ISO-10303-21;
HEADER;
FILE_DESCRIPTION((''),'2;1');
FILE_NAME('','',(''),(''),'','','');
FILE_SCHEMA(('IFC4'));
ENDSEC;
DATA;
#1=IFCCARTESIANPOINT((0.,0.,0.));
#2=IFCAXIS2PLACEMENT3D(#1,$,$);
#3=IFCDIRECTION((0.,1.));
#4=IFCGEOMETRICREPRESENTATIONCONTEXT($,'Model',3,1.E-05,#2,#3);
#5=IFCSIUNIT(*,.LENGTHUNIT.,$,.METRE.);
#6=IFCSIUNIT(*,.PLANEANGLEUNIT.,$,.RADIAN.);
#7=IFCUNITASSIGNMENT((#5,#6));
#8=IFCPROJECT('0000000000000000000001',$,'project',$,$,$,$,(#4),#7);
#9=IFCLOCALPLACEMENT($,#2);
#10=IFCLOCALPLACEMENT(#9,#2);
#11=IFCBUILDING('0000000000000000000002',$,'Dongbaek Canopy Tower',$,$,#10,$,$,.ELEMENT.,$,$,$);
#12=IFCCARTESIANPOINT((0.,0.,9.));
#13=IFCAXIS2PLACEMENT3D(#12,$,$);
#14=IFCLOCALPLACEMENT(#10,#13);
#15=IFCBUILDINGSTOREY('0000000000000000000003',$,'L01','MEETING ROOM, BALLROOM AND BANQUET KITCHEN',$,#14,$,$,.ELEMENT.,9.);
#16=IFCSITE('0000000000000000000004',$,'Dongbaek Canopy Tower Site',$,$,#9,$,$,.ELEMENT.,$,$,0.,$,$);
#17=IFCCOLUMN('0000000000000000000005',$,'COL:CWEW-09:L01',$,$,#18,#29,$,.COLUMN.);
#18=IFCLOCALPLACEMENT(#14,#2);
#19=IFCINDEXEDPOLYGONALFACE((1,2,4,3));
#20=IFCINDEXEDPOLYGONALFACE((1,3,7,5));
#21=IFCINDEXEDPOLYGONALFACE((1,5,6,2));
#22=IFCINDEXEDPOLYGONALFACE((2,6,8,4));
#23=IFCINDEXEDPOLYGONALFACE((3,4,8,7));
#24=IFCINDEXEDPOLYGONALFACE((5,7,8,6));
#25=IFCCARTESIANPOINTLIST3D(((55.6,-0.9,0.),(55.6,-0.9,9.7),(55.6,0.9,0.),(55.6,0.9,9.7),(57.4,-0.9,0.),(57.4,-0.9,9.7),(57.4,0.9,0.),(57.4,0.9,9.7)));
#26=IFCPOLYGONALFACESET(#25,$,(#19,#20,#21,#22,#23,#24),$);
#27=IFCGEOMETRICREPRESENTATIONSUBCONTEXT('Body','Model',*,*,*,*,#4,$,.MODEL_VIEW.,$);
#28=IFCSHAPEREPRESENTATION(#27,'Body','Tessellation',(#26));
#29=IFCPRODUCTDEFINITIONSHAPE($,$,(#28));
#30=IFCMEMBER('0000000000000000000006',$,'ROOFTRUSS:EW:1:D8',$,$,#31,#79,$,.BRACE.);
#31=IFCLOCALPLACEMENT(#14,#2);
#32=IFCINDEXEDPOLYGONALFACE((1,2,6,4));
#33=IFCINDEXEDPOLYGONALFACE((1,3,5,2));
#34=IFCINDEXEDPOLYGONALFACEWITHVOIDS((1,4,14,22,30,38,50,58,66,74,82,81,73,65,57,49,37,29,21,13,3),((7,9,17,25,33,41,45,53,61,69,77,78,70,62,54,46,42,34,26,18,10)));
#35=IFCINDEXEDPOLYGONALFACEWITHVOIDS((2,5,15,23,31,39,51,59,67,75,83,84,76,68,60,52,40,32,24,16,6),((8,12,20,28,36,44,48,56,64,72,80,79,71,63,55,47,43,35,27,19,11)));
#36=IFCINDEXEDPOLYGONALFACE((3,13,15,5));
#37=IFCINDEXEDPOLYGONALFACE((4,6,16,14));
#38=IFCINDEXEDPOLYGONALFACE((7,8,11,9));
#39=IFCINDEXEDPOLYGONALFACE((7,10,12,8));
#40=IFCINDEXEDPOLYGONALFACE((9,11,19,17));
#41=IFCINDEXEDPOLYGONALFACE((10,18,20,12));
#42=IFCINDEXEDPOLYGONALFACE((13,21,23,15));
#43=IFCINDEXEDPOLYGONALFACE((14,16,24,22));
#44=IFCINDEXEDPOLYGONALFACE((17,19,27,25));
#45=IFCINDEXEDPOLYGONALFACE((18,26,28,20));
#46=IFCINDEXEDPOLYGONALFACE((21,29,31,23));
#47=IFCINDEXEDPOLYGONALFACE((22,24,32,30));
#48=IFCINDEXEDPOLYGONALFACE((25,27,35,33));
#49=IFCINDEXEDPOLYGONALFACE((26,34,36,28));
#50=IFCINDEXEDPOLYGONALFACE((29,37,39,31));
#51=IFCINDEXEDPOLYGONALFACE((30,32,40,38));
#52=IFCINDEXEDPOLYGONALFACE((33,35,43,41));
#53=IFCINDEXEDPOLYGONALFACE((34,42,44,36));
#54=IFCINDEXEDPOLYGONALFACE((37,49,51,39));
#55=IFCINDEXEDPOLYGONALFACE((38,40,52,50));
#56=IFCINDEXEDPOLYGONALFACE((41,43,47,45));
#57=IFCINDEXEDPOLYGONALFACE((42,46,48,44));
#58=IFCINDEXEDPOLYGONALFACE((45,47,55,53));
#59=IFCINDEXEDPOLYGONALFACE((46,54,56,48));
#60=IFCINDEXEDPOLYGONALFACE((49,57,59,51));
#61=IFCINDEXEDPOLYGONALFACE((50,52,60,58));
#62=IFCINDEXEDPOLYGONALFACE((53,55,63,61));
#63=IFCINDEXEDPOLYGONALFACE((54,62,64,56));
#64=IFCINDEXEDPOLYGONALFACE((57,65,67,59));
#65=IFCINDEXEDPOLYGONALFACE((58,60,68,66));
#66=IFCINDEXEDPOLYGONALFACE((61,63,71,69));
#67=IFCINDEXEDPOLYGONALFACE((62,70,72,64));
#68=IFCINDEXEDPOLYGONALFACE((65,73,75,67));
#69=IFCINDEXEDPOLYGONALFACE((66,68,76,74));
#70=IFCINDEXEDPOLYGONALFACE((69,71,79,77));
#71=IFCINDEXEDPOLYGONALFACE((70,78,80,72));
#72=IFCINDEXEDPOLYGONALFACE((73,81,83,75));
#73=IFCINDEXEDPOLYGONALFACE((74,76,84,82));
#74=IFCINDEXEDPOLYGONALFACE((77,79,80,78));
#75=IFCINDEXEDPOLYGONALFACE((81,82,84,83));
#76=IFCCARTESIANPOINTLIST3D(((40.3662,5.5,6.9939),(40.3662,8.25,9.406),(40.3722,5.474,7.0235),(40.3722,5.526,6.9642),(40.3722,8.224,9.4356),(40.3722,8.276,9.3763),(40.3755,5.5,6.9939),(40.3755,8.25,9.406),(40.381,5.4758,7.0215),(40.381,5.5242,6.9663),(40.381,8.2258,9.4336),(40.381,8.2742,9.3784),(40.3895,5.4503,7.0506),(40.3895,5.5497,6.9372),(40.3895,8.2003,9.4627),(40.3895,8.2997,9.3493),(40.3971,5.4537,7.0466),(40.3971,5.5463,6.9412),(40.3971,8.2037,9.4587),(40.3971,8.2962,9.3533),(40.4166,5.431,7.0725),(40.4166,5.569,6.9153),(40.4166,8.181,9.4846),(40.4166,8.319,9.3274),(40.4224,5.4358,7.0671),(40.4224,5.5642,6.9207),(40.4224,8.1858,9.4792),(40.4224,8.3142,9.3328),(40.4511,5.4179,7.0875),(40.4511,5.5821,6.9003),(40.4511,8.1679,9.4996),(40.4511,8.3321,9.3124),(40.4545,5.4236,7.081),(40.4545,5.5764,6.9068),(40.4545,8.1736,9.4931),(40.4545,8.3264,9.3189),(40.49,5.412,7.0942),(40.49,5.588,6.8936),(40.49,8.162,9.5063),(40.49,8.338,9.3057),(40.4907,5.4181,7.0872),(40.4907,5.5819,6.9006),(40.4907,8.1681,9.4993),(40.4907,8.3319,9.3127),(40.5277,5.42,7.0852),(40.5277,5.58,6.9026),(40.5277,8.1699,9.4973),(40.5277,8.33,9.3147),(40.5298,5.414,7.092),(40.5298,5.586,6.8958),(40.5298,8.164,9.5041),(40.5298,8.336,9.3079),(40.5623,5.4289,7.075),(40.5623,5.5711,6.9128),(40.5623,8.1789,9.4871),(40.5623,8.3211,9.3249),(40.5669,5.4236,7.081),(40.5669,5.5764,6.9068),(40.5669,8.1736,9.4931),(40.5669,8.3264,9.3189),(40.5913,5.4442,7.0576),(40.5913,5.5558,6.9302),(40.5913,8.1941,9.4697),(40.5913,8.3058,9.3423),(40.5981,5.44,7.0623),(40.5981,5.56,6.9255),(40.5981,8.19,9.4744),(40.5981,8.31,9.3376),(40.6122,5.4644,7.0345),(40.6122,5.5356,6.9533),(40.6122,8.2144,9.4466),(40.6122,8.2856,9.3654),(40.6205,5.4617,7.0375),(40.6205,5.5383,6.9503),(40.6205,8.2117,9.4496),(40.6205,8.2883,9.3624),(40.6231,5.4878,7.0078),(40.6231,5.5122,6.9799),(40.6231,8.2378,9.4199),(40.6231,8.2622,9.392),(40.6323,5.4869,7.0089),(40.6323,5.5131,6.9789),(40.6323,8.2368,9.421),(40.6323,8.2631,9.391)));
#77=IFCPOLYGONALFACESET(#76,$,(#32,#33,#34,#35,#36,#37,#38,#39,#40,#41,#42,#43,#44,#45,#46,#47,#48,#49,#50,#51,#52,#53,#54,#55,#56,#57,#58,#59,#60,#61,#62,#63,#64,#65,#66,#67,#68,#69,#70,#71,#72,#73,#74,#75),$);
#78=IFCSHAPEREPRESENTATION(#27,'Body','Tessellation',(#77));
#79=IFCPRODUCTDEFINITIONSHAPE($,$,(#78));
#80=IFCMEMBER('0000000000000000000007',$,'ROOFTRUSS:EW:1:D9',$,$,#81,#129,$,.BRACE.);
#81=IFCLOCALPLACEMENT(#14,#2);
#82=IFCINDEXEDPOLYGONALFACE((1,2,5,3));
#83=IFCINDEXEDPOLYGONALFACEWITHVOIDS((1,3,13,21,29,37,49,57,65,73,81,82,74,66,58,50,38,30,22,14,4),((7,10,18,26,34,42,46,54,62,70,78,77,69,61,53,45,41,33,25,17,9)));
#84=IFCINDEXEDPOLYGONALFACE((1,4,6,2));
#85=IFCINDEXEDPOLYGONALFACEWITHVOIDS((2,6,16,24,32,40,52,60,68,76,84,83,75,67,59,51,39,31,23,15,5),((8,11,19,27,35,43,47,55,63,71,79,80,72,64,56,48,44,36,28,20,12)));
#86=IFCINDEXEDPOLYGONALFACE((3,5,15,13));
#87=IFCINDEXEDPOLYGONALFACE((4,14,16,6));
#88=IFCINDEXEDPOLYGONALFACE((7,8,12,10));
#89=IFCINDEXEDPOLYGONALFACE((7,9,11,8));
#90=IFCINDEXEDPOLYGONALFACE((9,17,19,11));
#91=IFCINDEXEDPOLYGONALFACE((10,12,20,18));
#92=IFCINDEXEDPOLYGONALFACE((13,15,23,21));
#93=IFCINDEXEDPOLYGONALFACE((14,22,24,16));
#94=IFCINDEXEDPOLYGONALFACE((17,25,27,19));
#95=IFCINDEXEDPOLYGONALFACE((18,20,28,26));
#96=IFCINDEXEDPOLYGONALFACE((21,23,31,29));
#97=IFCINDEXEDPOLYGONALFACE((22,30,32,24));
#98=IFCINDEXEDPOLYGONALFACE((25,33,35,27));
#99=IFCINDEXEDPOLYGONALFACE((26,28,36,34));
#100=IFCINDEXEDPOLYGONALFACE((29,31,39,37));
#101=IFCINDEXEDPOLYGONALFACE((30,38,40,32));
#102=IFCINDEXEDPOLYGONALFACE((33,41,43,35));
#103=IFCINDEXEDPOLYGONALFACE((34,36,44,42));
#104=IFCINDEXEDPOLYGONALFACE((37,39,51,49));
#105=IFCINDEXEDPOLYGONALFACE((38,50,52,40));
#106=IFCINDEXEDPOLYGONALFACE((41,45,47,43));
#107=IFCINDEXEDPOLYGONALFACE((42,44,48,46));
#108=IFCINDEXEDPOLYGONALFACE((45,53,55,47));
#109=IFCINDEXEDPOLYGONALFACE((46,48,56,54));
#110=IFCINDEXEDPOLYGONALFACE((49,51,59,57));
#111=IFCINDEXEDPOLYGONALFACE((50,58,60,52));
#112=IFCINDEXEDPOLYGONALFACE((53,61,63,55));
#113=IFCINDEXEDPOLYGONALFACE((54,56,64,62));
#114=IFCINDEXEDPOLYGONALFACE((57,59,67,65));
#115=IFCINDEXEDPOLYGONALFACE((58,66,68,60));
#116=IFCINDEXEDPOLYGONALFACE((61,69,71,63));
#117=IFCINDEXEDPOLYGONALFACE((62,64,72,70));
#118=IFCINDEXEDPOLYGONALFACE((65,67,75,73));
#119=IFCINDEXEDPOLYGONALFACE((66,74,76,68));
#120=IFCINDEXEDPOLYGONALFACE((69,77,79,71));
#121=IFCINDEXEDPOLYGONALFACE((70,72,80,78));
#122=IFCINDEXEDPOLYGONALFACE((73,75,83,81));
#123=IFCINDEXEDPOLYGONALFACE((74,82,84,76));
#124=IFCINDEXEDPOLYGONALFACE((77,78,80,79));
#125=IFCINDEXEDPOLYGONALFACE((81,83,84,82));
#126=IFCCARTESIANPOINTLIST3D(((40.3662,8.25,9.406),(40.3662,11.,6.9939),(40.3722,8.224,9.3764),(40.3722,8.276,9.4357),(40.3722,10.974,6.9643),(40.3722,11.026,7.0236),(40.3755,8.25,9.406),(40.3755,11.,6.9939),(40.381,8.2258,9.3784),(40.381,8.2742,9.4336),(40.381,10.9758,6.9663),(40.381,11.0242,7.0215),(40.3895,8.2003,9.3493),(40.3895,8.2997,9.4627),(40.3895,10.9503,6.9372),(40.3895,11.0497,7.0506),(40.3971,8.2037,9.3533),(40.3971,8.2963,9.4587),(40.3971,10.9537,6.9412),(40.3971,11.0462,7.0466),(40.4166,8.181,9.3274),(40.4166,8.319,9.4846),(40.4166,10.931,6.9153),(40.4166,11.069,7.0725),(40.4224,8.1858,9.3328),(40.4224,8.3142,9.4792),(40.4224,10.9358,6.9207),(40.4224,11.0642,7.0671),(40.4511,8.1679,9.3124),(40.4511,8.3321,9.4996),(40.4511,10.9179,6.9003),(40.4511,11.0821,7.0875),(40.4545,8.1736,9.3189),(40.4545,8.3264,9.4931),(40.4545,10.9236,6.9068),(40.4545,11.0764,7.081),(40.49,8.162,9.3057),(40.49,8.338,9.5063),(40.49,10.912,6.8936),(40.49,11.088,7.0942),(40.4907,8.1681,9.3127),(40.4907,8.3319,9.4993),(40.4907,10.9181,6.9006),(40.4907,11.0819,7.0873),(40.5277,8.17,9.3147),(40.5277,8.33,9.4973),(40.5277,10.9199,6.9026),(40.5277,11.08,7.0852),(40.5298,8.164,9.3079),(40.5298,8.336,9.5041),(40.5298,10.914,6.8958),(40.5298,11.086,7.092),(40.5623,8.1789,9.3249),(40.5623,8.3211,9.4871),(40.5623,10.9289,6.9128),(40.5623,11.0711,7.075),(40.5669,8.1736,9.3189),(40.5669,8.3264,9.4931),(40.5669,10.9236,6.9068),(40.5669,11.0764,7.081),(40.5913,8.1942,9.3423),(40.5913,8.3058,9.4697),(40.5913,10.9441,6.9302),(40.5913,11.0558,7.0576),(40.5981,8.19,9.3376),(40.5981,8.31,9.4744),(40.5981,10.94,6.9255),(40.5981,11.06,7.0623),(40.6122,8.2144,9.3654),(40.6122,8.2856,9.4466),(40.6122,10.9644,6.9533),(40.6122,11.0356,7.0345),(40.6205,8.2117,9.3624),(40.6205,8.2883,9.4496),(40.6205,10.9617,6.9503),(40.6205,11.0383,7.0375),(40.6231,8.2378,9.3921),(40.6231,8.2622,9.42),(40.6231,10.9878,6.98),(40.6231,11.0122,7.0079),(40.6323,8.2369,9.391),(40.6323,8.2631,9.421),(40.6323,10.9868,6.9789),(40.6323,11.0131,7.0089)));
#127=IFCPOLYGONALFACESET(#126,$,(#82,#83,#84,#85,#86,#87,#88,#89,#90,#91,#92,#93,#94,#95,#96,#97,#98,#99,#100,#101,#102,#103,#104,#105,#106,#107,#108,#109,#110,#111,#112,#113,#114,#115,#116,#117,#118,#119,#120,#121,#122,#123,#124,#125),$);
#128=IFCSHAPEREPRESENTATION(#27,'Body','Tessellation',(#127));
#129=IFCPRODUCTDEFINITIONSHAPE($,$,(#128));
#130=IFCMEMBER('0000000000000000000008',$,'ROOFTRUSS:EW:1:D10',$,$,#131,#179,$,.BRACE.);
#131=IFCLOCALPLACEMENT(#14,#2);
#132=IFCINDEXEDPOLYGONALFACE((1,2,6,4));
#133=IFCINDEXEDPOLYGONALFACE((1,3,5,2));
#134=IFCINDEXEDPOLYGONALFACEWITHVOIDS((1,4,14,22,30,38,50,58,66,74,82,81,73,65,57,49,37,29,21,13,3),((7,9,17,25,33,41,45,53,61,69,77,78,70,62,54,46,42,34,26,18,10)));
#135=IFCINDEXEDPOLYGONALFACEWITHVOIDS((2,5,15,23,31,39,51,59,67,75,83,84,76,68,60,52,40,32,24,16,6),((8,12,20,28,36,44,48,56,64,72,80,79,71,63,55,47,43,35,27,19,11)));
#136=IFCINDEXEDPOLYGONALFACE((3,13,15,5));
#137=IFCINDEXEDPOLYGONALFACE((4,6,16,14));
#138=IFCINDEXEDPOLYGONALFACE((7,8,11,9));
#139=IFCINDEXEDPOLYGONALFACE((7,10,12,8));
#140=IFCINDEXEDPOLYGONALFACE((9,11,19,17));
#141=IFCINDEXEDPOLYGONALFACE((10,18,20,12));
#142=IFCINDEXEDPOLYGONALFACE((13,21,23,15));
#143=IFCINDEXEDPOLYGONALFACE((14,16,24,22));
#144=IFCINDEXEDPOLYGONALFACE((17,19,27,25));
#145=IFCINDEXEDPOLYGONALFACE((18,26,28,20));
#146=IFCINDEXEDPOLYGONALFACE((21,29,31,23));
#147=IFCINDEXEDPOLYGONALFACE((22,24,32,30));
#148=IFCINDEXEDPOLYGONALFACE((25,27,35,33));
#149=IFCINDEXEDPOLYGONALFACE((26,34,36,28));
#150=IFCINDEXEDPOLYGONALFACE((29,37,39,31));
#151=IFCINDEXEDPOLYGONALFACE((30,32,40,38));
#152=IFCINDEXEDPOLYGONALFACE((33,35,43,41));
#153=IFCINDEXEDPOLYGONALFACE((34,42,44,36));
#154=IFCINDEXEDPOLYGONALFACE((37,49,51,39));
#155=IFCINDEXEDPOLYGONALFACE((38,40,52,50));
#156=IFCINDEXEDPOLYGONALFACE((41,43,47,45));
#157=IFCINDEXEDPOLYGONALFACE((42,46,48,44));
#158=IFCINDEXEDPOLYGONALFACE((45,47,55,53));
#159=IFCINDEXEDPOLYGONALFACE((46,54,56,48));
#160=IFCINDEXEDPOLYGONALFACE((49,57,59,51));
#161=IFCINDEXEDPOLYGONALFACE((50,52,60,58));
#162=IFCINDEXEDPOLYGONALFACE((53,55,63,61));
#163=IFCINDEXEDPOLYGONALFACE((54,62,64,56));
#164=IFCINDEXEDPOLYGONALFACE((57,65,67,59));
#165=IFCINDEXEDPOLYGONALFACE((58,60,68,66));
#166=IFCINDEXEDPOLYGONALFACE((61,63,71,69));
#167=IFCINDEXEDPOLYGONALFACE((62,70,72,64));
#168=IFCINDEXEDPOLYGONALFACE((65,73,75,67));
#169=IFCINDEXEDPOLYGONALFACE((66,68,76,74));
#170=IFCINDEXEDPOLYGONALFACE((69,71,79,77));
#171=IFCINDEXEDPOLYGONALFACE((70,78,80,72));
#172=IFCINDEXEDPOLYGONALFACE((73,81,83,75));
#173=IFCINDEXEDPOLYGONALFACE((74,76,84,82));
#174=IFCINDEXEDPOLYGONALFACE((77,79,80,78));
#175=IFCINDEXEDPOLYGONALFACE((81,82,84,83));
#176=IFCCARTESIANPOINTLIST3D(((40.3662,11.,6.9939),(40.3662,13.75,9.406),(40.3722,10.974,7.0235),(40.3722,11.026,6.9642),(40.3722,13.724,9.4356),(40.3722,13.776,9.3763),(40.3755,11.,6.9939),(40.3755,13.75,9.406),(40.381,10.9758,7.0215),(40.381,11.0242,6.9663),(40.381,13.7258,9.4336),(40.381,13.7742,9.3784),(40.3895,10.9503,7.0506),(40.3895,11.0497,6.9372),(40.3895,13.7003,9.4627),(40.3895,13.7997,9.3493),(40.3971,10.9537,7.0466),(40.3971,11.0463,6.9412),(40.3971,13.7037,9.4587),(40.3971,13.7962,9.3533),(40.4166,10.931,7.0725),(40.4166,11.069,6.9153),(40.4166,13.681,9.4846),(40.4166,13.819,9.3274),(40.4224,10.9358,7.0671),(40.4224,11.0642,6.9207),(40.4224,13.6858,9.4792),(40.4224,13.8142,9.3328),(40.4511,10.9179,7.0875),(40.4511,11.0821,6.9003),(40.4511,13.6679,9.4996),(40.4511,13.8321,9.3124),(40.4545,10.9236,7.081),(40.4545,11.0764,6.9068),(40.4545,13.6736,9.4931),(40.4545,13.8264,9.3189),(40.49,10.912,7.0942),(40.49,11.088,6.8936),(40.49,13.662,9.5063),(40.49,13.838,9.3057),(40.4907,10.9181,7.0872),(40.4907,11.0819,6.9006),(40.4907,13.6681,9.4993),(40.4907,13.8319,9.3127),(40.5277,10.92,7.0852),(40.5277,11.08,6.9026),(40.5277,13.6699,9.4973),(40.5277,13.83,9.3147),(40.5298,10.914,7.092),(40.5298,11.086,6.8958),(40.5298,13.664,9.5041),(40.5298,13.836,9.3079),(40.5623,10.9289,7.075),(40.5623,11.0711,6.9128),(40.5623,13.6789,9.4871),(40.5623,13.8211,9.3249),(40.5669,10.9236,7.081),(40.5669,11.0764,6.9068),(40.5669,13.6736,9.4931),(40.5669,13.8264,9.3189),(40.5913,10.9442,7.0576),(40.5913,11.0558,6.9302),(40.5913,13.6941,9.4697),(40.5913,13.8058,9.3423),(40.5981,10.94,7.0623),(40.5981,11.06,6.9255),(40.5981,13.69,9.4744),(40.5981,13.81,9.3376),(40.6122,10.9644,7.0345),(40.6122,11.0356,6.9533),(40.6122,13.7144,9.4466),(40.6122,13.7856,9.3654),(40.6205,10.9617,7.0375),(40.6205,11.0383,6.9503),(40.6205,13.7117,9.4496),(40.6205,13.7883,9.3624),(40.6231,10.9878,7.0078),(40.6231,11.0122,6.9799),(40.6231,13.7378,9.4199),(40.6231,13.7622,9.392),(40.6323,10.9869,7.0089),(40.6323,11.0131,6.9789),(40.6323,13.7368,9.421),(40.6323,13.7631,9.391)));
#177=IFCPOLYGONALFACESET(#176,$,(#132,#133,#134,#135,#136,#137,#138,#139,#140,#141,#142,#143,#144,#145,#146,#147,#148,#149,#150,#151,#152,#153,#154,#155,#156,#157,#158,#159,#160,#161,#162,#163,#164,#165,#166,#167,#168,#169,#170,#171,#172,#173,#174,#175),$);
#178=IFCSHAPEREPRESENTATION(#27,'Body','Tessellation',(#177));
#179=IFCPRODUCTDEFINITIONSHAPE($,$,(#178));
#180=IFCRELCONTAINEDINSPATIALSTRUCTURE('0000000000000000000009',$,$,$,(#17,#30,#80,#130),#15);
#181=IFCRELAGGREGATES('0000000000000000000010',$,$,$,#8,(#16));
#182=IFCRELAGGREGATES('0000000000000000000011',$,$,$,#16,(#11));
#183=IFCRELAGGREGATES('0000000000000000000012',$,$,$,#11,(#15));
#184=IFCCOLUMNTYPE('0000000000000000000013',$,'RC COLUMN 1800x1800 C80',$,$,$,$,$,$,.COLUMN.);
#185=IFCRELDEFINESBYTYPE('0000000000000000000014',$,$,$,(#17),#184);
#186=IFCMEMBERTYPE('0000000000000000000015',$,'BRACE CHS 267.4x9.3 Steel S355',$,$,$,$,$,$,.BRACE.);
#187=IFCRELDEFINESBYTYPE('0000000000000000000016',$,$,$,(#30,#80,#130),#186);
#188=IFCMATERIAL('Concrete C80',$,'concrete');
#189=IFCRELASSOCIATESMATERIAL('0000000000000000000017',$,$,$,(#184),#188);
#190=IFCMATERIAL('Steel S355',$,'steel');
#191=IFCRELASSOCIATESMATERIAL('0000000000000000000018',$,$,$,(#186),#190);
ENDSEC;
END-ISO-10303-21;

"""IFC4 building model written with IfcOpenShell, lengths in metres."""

from ifc_helpers import new_model, si_unit, direction, frame, origin, origin_2d, place, context, subcontext, project, spatial, rectangle, hollow_circle, extrude, material, material_profile, profile_set, type_object, element, save


model = new_model("IFC4")

# Units and contexts
model_context = context("Model", 3, precision=1e-05, world=origin(), true_north=direction((0.0, 1.0)))
body_context = subcontext(model_context, "Body", "Model", "MODEL_VIEW")
ifc_project = project(units=[si_unit("LENGTHUNIT", "METRE"), si_unit("PLANEANGLEUNIT", "RADIAN")], contexts=[model_context])

# Site, building, storey
site_placement = place(None, origin())
site = spatial("IfcSite", under=ifc_project, at=site_placement, Name="Dongbaek Canopy Tower Site", CompositionType="ELEMENT", RefElevation=0.0)
building_placement = place(site_placement, origin())
building = spatial("IfcBuilding", under=site, at=building_placement, Name="Dongbaek Canopy Tower", CompositionType="ELEMENT")
storey_placement = place(building_placement, frame((0.0, 0.0, 9.0)))
storey = spatial("IfcBuildingStorey", under=building, at=storey_placement, Name="L01", Description="MEETING ROOM, BALLROOM AND BANQUET KITCHEN", CompositionType="ELEMENT", Elevation=9.0)

# Column
ifc_material_1 = material(Name="Concrete C80", Category="concrete")
ifc_material_profile_1 = material_profile(ifc_material_1, rectangle(XDim=1.8, YDim=1.8, at=origin_2d()), Name="RC COLUMN 1800x1800 C80")
ifc_profile_set_1 = profile_set([ifc_material_profile_1], Name="Concrete C80")
column_type = type_object("IfcColumnType", Name="RC COLUMN 1800x1800 C80", PredefinedType="COLUMN", material=ifc_profile_set_1)
column_placement = place(storey_placement, frame((56.5, 0.0, 0.0), z_axis=(0.0, 0.0, 1.0), x_axis=(1.0, 0.0, 0.0)))
element("IfcColumn", 1, at=column_placement, inside=storey, type_object=column_type, Name="COL:CWEW-09:L01", PredefinedType="COLUMN", context=body_context, shape_type="SweptSolid", body=[
    extrude(rectangle(XDim=1.8, YDim=1.8, at=origin_2d()), origin(), (0.0, 0.0, 1.0), 9.7),
])

# Members
ifc_material_2 = material(Name="Steel S355", Category="steel")
ifc_material_profile_2 = material_profile(ifc_material_2, hollow_circle(Radius=0.1338, WallThickness=0.0093, at=origin_2d()), Name="BRACE CHS 267.4x9.3 Steel S355")
ifc_profile_set_2 = profile_set([ifc_material_profile_2], Name="Steel S355")
member_type_1 = type_object("IfcMemberType", Name="BRACE CHS 267.4x9.3 Steel S355", PredefinedType="BRACE", material=ifc_profile_set_2)
for number, where, z_axis, x_axis, name in (
    (2, (40.5, 5.5, 6.9939), (0.0, 0.751782, 0.659411), (-1.0, 0.0, 0.0), "ROOFTRUSS:EW:1:D8"),
    (3, (40.5, 8.25, 9.406), (0.0, 0.751782, -0.659411), (-1.0, 0.0, 0.0), "ROOFTRUSS:EW:1:D9"),
    (4, (40.5, 11.0, 6.9939), (0.0, 0.751782, 0.659411), (-1.0, 0.0, 0.0), "ROOFTRUSS:EW:1:D10"),
):
    element("IfcMember", number, at=place(storey_placement, frame(where, z_axis=z_axis, x_axis=x_axis)), inside=storey, type_object=member_type_1, Name=name, PredefinedType="BRACE", context=body_context, shape_type="SweptSolid", body=[
        extrude(hollow_circle(Radius=0.1338, WallThickness=0.0093, at=origin_2d()), origin(), (0.0, 0.0, 1.0), 3.658),
    ])

save(model, "model.ifc")
